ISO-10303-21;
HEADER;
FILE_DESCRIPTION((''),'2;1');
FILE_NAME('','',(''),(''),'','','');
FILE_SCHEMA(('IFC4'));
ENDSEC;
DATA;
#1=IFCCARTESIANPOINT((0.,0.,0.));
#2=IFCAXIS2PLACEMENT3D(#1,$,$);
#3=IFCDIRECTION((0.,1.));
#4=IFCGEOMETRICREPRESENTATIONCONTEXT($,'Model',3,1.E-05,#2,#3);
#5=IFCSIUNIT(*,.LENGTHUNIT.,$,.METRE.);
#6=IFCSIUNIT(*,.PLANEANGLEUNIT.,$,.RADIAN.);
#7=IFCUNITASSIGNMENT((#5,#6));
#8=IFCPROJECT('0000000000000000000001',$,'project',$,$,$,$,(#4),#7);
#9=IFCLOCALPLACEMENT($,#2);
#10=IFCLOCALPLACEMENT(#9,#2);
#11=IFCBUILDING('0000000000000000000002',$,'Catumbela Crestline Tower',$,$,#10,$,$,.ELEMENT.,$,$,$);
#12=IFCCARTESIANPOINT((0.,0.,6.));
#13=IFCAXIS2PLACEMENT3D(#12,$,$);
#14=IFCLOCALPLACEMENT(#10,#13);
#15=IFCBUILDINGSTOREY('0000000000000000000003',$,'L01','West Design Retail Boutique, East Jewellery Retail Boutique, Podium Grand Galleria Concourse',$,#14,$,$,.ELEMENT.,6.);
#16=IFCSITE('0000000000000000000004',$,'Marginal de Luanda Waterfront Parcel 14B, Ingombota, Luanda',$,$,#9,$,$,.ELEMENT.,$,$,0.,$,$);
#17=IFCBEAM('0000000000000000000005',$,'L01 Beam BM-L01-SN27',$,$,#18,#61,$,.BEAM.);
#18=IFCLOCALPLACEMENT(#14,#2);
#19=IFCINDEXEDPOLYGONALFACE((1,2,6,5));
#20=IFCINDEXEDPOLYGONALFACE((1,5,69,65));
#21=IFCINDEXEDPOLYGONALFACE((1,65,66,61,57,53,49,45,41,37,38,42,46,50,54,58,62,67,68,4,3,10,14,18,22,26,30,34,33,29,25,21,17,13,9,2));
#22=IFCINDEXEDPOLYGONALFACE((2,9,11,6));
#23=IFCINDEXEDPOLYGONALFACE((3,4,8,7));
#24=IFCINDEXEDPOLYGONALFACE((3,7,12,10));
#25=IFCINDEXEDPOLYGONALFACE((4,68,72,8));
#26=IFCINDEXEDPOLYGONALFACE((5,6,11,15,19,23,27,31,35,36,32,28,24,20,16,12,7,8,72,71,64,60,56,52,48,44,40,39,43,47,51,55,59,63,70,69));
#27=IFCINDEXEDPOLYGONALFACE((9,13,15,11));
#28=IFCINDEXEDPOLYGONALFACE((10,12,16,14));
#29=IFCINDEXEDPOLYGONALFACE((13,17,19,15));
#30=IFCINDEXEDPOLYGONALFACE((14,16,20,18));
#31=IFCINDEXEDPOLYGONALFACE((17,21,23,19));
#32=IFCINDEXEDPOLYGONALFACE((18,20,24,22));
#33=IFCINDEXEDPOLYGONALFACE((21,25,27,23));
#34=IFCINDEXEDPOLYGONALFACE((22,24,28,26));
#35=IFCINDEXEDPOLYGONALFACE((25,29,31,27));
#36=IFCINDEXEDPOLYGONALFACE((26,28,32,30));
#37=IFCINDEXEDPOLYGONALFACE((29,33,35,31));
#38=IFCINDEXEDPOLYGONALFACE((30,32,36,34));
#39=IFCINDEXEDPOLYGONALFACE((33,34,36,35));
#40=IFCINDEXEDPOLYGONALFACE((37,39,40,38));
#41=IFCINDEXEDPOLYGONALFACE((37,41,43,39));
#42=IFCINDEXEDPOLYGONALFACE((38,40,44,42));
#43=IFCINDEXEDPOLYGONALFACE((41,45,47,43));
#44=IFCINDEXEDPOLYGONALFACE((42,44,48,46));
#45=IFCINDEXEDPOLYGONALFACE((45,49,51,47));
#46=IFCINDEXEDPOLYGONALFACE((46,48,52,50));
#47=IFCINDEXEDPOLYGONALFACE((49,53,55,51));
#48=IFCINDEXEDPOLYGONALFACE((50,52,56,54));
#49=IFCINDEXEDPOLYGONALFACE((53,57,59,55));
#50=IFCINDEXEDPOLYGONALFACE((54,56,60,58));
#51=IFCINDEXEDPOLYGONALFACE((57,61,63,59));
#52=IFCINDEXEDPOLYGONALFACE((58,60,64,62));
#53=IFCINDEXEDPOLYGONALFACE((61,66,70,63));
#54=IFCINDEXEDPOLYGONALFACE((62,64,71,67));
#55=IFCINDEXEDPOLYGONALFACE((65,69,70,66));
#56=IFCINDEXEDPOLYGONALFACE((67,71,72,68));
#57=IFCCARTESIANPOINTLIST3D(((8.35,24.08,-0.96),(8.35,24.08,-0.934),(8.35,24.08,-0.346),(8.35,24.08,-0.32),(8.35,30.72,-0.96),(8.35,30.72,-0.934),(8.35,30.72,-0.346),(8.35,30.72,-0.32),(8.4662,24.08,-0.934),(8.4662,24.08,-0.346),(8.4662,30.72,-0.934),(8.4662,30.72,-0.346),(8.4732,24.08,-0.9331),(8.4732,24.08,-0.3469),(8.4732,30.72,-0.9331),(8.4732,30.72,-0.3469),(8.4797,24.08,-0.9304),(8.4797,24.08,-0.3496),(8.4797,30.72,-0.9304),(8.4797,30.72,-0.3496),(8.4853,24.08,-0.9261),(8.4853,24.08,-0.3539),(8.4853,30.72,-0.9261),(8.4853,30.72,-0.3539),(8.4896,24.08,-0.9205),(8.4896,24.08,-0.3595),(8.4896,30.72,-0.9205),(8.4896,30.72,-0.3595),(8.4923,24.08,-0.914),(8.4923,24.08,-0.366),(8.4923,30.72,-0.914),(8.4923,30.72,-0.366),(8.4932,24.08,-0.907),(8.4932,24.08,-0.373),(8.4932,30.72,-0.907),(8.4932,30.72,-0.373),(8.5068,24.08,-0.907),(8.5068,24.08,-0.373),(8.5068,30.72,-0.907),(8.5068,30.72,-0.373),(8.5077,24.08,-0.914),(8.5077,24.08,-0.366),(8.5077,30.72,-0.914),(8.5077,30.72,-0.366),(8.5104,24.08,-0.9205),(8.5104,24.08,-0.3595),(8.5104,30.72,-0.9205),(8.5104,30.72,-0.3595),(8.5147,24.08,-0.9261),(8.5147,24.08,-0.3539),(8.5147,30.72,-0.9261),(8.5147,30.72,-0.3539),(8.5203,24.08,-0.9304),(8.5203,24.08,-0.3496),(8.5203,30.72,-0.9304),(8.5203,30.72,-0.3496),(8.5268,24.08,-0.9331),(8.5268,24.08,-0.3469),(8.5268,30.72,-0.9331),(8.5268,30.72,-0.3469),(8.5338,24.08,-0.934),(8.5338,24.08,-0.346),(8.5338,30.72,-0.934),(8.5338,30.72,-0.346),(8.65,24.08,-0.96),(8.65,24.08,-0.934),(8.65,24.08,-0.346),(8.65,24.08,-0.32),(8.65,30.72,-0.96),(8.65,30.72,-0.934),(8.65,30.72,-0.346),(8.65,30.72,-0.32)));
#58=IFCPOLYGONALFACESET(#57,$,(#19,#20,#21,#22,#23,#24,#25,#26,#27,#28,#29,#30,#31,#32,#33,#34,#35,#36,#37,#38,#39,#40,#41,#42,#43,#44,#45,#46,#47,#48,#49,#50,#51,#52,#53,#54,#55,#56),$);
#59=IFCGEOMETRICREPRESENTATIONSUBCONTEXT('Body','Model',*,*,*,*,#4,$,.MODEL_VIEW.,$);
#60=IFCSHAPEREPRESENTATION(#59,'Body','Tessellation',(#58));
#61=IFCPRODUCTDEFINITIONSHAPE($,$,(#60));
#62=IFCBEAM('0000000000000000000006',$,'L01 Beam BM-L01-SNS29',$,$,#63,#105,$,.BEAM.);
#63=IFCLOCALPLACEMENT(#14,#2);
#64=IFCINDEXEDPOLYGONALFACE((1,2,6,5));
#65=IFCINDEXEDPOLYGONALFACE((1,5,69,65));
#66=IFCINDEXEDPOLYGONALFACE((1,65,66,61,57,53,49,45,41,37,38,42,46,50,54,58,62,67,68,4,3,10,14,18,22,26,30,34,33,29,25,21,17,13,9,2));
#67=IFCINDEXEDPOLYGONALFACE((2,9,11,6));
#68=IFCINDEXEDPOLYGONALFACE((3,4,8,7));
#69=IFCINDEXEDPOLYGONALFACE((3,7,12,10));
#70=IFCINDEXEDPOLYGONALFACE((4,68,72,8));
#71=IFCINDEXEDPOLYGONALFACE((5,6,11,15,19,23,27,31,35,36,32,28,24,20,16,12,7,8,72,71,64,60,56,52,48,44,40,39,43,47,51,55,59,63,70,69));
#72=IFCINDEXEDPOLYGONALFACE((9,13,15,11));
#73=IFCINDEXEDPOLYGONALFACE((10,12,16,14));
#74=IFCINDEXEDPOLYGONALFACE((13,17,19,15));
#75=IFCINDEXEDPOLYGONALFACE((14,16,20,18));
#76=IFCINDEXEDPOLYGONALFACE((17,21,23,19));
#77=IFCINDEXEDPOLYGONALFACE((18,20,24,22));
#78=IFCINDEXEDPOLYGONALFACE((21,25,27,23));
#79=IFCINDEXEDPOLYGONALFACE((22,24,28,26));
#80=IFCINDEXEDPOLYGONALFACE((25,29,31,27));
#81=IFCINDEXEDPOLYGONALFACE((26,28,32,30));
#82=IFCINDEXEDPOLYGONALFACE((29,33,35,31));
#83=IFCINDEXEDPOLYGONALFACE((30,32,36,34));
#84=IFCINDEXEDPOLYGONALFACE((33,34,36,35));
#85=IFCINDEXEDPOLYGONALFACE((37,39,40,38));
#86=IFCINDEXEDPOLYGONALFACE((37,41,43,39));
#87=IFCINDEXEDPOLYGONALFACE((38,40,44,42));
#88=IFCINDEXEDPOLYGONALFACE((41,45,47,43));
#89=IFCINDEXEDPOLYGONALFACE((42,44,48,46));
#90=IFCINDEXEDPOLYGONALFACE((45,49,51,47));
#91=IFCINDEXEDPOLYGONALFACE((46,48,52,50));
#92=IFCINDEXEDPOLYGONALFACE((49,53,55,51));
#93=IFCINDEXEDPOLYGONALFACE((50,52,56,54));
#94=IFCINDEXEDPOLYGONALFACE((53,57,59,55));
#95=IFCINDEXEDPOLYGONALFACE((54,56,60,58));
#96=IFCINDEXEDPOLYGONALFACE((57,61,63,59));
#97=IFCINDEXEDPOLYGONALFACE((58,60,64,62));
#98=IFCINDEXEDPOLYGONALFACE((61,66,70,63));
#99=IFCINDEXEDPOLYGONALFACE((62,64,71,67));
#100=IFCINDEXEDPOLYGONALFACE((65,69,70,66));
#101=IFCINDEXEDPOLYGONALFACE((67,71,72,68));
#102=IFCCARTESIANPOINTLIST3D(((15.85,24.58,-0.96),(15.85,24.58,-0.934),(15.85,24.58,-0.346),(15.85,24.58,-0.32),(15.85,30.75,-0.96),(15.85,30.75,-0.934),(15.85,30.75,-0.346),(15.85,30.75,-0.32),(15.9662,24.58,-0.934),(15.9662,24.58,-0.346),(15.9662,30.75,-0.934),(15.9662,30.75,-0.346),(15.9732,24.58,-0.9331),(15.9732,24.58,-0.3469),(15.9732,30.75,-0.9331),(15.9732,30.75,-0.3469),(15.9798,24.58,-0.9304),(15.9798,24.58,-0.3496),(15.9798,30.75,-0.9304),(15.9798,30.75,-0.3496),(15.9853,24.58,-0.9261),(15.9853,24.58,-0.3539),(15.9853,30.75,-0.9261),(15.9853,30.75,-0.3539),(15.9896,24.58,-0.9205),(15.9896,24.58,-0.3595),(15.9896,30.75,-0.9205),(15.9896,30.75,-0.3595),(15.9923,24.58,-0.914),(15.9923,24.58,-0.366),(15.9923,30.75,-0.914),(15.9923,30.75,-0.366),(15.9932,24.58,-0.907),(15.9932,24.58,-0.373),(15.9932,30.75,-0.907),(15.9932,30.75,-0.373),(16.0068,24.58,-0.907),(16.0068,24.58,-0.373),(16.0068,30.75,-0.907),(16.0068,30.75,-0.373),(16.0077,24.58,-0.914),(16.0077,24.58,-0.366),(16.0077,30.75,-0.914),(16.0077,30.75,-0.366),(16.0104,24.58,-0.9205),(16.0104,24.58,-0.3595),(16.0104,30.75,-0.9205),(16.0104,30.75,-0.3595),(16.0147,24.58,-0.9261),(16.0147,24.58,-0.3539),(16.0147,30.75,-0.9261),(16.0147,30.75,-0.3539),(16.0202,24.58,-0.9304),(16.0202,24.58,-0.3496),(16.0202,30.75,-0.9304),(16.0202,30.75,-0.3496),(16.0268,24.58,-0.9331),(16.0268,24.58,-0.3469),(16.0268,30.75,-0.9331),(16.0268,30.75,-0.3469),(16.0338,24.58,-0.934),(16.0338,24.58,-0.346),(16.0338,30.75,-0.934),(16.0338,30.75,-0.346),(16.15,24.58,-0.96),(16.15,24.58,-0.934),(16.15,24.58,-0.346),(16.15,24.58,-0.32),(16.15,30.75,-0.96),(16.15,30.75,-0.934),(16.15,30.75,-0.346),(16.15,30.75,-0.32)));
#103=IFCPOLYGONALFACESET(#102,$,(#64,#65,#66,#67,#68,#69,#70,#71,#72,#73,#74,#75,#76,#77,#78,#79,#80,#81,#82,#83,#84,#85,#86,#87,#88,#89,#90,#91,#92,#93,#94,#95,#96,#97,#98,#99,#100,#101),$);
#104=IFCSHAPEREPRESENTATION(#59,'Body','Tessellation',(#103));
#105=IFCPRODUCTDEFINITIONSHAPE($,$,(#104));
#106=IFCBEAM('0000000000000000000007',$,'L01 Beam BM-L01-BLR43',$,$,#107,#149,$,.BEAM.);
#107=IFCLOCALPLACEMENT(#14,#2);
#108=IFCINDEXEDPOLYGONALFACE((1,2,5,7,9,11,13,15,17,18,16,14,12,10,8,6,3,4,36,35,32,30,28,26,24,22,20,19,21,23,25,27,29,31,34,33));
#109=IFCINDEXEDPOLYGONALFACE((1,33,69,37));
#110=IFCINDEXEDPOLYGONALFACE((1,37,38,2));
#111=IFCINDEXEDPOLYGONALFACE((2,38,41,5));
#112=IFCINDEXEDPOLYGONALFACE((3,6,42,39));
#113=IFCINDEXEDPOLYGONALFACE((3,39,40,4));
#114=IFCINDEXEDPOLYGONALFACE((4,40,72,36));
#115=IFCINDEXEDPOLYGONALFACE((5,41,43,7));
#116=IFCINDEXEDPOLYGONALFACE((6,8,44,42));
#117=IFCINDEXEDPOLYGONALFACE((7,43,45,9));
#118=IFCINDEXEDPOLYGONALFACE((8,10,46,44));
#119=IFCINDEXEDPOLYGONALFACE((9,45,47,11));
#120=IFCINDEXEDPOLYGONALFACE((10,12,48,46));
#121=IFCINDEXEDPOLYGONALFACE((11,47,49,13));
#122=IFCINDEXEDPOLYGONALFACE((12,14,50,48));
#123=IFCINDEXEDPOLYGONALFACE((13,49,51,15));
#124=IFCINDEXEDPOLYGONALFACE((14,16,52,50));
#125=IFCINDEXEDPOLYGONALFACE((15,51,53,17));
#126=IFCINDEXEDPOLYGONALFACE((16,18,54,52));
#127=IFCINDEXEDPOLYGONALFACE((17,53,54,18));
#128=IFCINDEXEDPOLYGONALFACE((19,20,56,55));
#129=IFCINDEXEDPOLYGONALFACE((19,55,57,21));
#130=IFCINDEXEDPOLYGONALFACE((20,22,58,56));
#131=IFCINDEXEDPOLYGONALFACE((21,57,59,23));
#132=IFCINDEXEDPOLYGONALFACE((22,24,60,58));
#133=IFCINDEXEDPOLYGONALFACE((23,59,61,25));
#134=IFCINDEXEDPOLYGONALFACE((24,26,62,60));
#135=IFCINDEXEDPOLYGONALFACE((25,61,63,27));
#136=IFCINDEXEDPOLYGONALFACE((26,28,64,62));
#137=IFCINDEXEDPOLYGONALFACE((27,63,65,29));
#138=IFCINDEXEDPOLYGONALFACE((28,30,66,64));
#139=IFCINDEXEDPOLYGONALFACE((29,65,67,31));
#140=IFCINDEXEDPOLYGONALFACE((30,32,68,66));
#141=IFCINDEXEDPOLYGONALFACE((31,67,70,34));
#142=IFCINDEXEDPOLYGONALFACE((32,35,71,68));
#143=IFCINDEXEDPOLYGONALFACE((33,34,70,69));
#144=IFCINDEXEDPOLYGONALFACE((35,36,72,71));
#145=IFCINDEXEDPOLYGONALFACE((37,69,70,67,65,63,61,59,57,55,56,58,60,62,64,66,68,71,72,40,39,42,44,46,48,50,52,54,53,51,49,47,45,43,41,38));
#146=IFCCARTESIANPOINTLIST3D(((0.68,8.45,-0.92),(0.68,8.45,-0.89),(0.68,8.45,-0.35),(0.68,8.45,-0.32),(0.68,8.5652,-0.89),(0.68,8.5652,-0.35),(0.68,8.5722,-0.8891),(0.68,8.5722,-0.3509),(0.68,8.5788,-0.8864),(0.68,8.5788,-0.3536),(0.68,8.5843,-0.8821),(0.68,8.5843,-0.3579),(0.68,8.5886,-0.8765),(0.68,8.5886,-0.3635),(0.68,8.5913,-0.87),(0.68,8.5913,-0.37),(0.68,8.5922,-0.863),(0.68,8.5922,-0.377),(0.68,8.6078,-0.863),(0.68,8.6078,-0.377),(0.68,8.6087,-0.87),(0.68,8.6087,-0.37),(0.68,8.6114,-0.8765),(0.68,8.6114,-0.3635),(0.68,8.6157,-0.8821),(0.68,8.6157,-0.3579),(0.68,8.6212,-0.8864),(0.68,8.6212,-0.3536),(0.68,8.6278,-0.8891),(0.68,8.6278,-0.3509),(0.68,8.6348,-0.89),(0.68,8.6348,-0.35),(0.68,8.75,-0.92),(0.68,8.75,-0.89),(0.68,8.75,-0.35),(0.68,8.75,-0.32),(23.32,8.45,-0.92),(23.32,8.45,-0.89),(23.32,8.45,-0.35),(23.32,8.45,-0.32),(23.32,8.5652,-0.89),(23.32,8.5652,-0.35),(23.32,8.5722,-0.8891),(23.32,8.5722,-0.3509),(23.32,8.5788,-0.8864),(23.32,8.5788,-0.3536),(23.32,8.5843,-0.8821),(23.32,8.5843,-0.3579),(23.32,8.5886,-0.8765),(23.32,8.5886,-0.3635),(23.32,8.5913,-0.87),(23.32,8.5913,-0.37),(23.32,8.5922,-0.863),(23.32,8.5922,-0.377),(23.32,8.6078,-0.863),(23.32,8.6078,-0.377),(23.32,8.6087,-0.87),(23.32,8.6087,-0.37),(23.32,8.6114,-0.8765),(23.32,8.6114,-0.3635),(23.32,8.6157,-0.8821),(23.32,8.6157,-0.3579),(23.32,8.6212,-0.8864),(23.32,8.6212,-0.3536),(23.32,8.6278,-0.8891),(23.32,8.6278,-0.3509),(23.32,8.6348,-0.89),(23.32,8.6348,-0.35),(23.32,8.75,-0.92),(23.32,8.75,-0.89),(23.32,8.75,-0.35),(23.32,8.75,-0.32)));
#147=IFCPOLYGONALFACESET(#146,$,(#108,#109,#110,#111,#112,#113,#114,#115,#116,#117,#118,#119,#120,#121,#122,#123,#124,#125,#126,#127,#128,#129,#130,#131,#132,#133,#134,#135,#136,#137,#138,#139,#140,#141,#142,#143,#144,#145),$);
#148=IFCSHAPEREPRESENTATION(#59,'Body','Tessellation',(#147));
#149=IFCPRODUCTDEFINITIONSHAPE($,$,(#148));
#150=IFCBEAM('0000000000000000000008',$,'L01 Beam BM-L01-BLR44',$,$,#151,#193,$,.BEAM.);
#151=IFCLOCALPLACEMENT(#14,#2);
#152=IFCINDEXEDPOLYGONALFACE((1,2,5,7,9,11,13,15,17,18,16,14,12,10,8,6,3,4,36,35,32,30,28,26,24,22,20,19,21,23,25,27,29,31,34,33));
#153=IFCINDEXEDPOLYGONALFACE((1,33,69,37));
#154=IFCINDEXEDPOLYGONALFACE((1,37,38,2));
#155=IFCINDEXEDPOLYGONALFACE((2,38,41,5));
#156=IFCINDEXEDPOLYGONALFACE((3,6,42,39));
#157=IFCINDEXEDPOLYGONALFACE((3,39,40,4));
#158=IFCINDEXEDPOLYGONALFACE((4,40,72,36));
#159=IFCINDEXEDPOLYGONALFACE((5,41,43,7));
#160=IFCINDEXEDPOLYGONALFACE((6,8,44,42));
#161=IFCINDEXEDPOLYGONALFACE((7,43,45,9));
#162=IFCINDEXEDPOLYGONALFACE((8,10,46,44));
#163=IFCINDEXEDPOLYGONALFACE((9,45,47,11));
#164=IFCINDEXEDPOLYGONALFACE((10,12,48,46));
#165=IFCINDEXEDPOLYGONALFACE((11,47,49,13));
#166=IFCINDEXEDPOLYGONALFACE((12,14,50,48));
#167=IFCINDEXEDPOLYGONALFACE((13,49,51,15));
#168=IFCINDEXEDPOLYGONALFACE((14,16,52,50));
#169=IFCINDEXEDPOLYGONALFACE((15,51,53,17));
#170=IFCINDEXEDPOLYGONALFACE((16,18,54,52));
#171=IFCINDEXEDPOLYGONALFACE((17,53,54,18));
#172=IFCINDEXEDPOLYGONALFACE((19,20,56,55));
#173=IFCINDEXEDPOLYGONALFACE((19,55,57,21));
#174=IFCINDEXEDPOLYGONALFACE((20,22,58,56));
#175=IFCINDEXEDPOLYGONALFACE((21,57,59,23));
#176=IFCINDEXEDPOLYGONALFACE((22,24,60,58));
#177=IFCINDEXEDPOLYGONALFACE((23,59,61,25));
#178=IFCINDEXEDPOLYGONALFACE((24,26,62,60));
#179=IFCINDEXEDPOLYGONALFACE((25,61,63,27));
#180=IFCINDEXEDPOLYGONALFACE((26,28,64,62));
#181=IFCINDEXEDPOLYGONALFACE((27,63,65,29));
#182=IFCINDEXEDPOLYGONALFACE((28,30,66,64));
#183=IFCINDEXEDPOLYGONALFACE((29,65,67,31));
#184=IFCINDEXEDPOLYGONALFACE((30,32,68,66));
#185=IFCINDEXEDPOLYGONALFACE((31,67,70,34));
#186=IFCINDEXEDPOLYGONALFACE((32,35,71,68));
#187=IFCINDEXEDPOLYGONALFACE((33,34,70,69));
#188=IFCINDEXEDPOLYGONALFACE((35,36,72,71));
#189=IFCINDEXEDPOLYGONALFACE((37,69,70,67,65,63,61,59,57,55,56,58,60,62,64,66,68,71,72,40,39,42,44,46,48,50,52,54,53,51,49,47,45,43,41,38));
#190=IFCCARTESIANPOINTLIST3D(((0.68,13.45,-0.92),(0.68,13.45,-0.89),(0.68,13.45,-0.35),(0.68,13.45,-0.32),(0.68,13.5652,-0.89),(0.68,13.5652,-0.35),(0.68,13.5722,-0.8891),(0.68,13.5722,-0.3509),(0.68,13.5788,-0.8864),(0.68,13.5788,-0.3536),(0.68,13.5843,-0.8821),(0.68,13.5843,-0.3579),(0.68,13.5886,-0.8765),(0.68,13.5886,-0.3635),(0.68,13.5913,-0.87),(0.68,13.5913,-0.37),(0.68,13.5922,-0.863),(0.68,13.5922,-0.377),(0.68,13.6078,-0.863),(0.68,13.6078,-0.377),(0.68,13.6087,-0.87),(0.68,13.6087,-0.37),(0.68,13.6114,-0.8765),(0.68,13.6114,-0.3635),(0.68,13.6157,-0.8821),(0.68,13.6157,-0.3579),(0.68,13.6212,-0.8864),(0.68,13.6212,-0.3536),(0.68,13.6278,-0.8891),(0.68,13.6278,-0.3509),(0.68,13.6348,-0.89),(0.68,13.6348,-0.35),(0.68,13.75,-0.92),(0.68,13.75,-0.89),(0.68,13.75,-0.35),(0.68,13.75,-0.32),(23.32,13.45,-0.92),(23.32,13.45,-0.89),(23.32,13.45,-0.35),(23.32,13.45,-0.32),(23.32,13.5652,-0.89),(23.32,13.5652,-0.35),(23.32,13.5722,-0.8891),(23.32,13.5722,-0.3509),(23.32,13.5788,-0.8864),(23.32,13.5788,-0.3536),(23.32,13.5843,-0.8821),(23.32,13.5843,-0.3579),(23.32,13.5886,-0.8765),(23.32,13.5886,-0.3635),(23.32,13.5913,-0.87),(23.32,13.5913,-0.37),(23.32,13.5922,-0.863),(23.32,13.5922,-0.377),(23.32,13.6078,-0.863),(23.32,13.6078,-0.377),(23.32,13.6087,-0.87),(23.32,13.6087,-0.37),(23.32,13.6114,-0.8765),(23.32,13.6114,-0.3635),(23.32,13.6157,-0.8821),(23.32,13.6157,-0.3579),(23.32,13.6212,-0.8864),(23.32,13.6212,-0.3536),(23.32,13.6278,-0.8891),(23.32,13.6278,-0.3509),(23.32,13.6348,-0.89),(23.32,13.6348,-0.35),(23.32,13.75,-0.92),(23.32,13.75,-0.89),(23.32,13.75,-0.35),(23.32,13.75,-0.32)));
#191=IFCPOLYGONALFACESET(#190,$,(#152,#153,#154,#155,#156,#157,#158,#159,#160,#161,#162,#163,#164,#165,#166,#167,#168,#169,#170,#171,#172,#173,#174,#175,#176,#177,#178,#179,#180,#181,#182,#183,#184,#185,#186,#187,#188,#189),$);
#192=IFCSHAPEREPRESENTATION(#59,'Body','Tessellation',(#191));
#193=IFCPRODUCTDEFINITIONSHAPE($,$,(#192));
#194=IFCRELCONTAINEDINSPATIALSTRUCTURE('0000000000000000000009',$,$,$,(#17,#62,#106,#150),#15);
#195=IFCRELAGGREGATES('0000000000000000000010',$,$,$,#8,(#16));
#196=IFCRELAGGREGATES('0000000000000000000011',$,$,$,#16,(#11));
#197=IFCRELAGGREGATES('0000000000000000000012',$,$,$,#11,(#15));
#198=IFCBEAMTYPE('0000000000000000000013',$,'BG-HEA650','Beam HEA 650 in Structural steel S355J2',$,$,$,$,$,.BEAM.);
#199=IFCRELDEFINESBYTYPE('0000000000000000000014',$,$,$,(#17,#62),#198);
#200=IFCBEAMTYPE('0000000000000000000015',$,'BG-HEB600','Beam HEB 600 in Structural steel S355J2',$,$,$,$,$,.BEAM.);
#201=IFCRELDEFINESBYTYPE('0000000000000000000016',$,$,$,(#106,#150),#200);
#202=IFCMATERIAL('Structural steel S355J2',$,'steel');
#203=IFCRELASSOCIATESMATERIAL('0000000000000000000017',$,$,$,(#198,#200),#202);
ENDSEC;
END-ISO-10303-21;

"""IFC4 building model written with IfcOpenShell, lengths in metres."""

from ifc_helpers import new_model, si_unit, direction, frame, origin, origin_2d, place, context, subcontext, project, spatial, i_section, extrude, material, material_profile, profile_set, type_object, element, save


model = new_model("IFC4")

# Units and contexts
model_context = context("Model", 3, precision=1e-05, world=origin(), true_north=direction((0.0, 1.0)))
body_context = subcontext(model_context, "Body", "Model", "MODEL_VIEW")
ifc_project = project(units=[si_unit("LENGTHUNIT", "METRE"), si_unit("PLANEANGLEUNIT", "RADIAN")], contexts=[model_context])

# Site, building, storey
site_placement = place(None, origin())
site = spatial("IfcSite", under=ifc_project, at=site_placement, Name="Marginal de Luanda Waterfront Parcel 14B, Ingombota, Luanda", CompositionType="ELEMENT", RefElevation=0.0)
building_placement = place(site_placement, origin())
building = spatial("IfcBuilding", under=site, at=building_placement, Name="Catumbela Crestline Tower", CompositionType="ELEMENT")
storey_placement = place(building_placement, frame((0.0, 0.0, 6.0)))
storey = spatial("IfcBuildingStorey", under=building, at=storey_placement, Name="L01", Description="West Design Retail Boutique, East Jewellery Retail Boutique, Podium Grand Galleria Concourse", CompositionType="ELEMENT", Elevation=6.0)

# Beams
ifc_material_1 = material(Name="Structural steel S355J2", Category="steel")
ifc_material_profile_1 = material_profile(ifc_material_1, i_section(OverallWidth=0.3, OverallDepth=0.64, WebThickness=0.0135, FlangeThickness=0.026, FilletRadius=0.027, at=origin_2d()), Name="HEA 650")
ifc_profile_set_1 = profile_set([ifc_material_profile_1], Name="Structural steel S355J2")
beam_type_1 = type_object("IfcBeamType", Name="BG-HEA650", Description="Beam HEA 650 in Structural steel S355J2", PredefinedType="BEAM", material=ifc_profile_set_1)
for number, where, z_axis, x_axis, name in (
    (1, (8.5, 24.08, -0.64), (0.0, 1.0, 0.0), (-1.0, 0.0, 0.0), "L01 Beam BM-L01-SN27"),
):
    element("IfcBeam", number, at=place(storey_placement, frame(where, z_axis=z_axis, x_axis=x_axis)), inside=storey, type_object=beam_type_1, Name=name, PredefinedType="BEAM", context=body_context, shape_type="SweptSolid", body=[
        extrude(i_section(OverallWidth=0.3, OverallDepth=0.64, WebThickness=0.0135, FlangeThickness=0.026, FilletRadius=0.027, at=origin_2d()), origin(), (0.0, 0.0, 1.0), 6.64),
    ])
beam_1_placement = place(storey_placement, frame((16.0, 24.58, -0.64), z_axis=(0.0, 1.0, 0.0), x_axis=(-1.0, 0.0, 0.0)))
element("IfcBeam", 2, at=beam_1_placement, inside=storey, type_object=beam_type_1, Name="L01 Beam BM-L01-SNS29", PredefinedType="BEAM", context=body_context, shape_type="SweptSolid", body=[
    extrude(i_section(OverallWidth=0.3, OverallDepth=0.64, WebThickness=0.0135, FlangeThickness=0.026, FilletRadius=0.027, at=origin_2d()), origin(), (0.0, 0.0, 1.0), 6.17),
])
ifc_material_profile_2 = material_profile(ifc_material_1, i_section(OverallWidth=0.3, OverallDepth=0.6, WebThickness=0.0155, FlangeThickness=0.03, FilletRadius=0.027, at=origin_2d()), Name="HEB 600")
ifc_profile_set_2 = profile_set([ifc_material_profile_2], Name="Structural steel S355J2")
beam_type_2 = type_object("IfcBeamType", Name="BG-HEB600", Description="Beam HEB 600 in Structural steel S355J2", PredefinedType="BEAM", material=ifc_profile_set_2)
for number, where, z_axis, x_axis, name in (
    (3, (0.68, 8.6, -0.62), (1.0, 0.0, 0.0), (0.0, 1.0, 0.0), "L01 Beam BM-L01-BLR43"),
    (4, (0.68, 13.6, -0.62), (1.0, 0.0, 0.0), (0.0, 1.0, 0.0), "L01 Beam BM-L01-BLR44"),
):
    element("IfcBeam", number, at=place(storey_placement, frame(where, z_axis=z_axis, x_axis=x_axis)), inside=storey, type_object=beam_type_2, Name=name, PredefinedType="BEAM", context=body_context, shape_type="SweptSolid", body=[
        extrude(i_section(OverallWidth=0.3, OverallDepth=0.6, WebThickness=0.0155, FlangeThickness=0.03, FilletRadius=0.027, at=origin_2d()), origin(), (0.0, 0.0, 1.0), 22.64),
    ])

save(model, "model.ifc")
